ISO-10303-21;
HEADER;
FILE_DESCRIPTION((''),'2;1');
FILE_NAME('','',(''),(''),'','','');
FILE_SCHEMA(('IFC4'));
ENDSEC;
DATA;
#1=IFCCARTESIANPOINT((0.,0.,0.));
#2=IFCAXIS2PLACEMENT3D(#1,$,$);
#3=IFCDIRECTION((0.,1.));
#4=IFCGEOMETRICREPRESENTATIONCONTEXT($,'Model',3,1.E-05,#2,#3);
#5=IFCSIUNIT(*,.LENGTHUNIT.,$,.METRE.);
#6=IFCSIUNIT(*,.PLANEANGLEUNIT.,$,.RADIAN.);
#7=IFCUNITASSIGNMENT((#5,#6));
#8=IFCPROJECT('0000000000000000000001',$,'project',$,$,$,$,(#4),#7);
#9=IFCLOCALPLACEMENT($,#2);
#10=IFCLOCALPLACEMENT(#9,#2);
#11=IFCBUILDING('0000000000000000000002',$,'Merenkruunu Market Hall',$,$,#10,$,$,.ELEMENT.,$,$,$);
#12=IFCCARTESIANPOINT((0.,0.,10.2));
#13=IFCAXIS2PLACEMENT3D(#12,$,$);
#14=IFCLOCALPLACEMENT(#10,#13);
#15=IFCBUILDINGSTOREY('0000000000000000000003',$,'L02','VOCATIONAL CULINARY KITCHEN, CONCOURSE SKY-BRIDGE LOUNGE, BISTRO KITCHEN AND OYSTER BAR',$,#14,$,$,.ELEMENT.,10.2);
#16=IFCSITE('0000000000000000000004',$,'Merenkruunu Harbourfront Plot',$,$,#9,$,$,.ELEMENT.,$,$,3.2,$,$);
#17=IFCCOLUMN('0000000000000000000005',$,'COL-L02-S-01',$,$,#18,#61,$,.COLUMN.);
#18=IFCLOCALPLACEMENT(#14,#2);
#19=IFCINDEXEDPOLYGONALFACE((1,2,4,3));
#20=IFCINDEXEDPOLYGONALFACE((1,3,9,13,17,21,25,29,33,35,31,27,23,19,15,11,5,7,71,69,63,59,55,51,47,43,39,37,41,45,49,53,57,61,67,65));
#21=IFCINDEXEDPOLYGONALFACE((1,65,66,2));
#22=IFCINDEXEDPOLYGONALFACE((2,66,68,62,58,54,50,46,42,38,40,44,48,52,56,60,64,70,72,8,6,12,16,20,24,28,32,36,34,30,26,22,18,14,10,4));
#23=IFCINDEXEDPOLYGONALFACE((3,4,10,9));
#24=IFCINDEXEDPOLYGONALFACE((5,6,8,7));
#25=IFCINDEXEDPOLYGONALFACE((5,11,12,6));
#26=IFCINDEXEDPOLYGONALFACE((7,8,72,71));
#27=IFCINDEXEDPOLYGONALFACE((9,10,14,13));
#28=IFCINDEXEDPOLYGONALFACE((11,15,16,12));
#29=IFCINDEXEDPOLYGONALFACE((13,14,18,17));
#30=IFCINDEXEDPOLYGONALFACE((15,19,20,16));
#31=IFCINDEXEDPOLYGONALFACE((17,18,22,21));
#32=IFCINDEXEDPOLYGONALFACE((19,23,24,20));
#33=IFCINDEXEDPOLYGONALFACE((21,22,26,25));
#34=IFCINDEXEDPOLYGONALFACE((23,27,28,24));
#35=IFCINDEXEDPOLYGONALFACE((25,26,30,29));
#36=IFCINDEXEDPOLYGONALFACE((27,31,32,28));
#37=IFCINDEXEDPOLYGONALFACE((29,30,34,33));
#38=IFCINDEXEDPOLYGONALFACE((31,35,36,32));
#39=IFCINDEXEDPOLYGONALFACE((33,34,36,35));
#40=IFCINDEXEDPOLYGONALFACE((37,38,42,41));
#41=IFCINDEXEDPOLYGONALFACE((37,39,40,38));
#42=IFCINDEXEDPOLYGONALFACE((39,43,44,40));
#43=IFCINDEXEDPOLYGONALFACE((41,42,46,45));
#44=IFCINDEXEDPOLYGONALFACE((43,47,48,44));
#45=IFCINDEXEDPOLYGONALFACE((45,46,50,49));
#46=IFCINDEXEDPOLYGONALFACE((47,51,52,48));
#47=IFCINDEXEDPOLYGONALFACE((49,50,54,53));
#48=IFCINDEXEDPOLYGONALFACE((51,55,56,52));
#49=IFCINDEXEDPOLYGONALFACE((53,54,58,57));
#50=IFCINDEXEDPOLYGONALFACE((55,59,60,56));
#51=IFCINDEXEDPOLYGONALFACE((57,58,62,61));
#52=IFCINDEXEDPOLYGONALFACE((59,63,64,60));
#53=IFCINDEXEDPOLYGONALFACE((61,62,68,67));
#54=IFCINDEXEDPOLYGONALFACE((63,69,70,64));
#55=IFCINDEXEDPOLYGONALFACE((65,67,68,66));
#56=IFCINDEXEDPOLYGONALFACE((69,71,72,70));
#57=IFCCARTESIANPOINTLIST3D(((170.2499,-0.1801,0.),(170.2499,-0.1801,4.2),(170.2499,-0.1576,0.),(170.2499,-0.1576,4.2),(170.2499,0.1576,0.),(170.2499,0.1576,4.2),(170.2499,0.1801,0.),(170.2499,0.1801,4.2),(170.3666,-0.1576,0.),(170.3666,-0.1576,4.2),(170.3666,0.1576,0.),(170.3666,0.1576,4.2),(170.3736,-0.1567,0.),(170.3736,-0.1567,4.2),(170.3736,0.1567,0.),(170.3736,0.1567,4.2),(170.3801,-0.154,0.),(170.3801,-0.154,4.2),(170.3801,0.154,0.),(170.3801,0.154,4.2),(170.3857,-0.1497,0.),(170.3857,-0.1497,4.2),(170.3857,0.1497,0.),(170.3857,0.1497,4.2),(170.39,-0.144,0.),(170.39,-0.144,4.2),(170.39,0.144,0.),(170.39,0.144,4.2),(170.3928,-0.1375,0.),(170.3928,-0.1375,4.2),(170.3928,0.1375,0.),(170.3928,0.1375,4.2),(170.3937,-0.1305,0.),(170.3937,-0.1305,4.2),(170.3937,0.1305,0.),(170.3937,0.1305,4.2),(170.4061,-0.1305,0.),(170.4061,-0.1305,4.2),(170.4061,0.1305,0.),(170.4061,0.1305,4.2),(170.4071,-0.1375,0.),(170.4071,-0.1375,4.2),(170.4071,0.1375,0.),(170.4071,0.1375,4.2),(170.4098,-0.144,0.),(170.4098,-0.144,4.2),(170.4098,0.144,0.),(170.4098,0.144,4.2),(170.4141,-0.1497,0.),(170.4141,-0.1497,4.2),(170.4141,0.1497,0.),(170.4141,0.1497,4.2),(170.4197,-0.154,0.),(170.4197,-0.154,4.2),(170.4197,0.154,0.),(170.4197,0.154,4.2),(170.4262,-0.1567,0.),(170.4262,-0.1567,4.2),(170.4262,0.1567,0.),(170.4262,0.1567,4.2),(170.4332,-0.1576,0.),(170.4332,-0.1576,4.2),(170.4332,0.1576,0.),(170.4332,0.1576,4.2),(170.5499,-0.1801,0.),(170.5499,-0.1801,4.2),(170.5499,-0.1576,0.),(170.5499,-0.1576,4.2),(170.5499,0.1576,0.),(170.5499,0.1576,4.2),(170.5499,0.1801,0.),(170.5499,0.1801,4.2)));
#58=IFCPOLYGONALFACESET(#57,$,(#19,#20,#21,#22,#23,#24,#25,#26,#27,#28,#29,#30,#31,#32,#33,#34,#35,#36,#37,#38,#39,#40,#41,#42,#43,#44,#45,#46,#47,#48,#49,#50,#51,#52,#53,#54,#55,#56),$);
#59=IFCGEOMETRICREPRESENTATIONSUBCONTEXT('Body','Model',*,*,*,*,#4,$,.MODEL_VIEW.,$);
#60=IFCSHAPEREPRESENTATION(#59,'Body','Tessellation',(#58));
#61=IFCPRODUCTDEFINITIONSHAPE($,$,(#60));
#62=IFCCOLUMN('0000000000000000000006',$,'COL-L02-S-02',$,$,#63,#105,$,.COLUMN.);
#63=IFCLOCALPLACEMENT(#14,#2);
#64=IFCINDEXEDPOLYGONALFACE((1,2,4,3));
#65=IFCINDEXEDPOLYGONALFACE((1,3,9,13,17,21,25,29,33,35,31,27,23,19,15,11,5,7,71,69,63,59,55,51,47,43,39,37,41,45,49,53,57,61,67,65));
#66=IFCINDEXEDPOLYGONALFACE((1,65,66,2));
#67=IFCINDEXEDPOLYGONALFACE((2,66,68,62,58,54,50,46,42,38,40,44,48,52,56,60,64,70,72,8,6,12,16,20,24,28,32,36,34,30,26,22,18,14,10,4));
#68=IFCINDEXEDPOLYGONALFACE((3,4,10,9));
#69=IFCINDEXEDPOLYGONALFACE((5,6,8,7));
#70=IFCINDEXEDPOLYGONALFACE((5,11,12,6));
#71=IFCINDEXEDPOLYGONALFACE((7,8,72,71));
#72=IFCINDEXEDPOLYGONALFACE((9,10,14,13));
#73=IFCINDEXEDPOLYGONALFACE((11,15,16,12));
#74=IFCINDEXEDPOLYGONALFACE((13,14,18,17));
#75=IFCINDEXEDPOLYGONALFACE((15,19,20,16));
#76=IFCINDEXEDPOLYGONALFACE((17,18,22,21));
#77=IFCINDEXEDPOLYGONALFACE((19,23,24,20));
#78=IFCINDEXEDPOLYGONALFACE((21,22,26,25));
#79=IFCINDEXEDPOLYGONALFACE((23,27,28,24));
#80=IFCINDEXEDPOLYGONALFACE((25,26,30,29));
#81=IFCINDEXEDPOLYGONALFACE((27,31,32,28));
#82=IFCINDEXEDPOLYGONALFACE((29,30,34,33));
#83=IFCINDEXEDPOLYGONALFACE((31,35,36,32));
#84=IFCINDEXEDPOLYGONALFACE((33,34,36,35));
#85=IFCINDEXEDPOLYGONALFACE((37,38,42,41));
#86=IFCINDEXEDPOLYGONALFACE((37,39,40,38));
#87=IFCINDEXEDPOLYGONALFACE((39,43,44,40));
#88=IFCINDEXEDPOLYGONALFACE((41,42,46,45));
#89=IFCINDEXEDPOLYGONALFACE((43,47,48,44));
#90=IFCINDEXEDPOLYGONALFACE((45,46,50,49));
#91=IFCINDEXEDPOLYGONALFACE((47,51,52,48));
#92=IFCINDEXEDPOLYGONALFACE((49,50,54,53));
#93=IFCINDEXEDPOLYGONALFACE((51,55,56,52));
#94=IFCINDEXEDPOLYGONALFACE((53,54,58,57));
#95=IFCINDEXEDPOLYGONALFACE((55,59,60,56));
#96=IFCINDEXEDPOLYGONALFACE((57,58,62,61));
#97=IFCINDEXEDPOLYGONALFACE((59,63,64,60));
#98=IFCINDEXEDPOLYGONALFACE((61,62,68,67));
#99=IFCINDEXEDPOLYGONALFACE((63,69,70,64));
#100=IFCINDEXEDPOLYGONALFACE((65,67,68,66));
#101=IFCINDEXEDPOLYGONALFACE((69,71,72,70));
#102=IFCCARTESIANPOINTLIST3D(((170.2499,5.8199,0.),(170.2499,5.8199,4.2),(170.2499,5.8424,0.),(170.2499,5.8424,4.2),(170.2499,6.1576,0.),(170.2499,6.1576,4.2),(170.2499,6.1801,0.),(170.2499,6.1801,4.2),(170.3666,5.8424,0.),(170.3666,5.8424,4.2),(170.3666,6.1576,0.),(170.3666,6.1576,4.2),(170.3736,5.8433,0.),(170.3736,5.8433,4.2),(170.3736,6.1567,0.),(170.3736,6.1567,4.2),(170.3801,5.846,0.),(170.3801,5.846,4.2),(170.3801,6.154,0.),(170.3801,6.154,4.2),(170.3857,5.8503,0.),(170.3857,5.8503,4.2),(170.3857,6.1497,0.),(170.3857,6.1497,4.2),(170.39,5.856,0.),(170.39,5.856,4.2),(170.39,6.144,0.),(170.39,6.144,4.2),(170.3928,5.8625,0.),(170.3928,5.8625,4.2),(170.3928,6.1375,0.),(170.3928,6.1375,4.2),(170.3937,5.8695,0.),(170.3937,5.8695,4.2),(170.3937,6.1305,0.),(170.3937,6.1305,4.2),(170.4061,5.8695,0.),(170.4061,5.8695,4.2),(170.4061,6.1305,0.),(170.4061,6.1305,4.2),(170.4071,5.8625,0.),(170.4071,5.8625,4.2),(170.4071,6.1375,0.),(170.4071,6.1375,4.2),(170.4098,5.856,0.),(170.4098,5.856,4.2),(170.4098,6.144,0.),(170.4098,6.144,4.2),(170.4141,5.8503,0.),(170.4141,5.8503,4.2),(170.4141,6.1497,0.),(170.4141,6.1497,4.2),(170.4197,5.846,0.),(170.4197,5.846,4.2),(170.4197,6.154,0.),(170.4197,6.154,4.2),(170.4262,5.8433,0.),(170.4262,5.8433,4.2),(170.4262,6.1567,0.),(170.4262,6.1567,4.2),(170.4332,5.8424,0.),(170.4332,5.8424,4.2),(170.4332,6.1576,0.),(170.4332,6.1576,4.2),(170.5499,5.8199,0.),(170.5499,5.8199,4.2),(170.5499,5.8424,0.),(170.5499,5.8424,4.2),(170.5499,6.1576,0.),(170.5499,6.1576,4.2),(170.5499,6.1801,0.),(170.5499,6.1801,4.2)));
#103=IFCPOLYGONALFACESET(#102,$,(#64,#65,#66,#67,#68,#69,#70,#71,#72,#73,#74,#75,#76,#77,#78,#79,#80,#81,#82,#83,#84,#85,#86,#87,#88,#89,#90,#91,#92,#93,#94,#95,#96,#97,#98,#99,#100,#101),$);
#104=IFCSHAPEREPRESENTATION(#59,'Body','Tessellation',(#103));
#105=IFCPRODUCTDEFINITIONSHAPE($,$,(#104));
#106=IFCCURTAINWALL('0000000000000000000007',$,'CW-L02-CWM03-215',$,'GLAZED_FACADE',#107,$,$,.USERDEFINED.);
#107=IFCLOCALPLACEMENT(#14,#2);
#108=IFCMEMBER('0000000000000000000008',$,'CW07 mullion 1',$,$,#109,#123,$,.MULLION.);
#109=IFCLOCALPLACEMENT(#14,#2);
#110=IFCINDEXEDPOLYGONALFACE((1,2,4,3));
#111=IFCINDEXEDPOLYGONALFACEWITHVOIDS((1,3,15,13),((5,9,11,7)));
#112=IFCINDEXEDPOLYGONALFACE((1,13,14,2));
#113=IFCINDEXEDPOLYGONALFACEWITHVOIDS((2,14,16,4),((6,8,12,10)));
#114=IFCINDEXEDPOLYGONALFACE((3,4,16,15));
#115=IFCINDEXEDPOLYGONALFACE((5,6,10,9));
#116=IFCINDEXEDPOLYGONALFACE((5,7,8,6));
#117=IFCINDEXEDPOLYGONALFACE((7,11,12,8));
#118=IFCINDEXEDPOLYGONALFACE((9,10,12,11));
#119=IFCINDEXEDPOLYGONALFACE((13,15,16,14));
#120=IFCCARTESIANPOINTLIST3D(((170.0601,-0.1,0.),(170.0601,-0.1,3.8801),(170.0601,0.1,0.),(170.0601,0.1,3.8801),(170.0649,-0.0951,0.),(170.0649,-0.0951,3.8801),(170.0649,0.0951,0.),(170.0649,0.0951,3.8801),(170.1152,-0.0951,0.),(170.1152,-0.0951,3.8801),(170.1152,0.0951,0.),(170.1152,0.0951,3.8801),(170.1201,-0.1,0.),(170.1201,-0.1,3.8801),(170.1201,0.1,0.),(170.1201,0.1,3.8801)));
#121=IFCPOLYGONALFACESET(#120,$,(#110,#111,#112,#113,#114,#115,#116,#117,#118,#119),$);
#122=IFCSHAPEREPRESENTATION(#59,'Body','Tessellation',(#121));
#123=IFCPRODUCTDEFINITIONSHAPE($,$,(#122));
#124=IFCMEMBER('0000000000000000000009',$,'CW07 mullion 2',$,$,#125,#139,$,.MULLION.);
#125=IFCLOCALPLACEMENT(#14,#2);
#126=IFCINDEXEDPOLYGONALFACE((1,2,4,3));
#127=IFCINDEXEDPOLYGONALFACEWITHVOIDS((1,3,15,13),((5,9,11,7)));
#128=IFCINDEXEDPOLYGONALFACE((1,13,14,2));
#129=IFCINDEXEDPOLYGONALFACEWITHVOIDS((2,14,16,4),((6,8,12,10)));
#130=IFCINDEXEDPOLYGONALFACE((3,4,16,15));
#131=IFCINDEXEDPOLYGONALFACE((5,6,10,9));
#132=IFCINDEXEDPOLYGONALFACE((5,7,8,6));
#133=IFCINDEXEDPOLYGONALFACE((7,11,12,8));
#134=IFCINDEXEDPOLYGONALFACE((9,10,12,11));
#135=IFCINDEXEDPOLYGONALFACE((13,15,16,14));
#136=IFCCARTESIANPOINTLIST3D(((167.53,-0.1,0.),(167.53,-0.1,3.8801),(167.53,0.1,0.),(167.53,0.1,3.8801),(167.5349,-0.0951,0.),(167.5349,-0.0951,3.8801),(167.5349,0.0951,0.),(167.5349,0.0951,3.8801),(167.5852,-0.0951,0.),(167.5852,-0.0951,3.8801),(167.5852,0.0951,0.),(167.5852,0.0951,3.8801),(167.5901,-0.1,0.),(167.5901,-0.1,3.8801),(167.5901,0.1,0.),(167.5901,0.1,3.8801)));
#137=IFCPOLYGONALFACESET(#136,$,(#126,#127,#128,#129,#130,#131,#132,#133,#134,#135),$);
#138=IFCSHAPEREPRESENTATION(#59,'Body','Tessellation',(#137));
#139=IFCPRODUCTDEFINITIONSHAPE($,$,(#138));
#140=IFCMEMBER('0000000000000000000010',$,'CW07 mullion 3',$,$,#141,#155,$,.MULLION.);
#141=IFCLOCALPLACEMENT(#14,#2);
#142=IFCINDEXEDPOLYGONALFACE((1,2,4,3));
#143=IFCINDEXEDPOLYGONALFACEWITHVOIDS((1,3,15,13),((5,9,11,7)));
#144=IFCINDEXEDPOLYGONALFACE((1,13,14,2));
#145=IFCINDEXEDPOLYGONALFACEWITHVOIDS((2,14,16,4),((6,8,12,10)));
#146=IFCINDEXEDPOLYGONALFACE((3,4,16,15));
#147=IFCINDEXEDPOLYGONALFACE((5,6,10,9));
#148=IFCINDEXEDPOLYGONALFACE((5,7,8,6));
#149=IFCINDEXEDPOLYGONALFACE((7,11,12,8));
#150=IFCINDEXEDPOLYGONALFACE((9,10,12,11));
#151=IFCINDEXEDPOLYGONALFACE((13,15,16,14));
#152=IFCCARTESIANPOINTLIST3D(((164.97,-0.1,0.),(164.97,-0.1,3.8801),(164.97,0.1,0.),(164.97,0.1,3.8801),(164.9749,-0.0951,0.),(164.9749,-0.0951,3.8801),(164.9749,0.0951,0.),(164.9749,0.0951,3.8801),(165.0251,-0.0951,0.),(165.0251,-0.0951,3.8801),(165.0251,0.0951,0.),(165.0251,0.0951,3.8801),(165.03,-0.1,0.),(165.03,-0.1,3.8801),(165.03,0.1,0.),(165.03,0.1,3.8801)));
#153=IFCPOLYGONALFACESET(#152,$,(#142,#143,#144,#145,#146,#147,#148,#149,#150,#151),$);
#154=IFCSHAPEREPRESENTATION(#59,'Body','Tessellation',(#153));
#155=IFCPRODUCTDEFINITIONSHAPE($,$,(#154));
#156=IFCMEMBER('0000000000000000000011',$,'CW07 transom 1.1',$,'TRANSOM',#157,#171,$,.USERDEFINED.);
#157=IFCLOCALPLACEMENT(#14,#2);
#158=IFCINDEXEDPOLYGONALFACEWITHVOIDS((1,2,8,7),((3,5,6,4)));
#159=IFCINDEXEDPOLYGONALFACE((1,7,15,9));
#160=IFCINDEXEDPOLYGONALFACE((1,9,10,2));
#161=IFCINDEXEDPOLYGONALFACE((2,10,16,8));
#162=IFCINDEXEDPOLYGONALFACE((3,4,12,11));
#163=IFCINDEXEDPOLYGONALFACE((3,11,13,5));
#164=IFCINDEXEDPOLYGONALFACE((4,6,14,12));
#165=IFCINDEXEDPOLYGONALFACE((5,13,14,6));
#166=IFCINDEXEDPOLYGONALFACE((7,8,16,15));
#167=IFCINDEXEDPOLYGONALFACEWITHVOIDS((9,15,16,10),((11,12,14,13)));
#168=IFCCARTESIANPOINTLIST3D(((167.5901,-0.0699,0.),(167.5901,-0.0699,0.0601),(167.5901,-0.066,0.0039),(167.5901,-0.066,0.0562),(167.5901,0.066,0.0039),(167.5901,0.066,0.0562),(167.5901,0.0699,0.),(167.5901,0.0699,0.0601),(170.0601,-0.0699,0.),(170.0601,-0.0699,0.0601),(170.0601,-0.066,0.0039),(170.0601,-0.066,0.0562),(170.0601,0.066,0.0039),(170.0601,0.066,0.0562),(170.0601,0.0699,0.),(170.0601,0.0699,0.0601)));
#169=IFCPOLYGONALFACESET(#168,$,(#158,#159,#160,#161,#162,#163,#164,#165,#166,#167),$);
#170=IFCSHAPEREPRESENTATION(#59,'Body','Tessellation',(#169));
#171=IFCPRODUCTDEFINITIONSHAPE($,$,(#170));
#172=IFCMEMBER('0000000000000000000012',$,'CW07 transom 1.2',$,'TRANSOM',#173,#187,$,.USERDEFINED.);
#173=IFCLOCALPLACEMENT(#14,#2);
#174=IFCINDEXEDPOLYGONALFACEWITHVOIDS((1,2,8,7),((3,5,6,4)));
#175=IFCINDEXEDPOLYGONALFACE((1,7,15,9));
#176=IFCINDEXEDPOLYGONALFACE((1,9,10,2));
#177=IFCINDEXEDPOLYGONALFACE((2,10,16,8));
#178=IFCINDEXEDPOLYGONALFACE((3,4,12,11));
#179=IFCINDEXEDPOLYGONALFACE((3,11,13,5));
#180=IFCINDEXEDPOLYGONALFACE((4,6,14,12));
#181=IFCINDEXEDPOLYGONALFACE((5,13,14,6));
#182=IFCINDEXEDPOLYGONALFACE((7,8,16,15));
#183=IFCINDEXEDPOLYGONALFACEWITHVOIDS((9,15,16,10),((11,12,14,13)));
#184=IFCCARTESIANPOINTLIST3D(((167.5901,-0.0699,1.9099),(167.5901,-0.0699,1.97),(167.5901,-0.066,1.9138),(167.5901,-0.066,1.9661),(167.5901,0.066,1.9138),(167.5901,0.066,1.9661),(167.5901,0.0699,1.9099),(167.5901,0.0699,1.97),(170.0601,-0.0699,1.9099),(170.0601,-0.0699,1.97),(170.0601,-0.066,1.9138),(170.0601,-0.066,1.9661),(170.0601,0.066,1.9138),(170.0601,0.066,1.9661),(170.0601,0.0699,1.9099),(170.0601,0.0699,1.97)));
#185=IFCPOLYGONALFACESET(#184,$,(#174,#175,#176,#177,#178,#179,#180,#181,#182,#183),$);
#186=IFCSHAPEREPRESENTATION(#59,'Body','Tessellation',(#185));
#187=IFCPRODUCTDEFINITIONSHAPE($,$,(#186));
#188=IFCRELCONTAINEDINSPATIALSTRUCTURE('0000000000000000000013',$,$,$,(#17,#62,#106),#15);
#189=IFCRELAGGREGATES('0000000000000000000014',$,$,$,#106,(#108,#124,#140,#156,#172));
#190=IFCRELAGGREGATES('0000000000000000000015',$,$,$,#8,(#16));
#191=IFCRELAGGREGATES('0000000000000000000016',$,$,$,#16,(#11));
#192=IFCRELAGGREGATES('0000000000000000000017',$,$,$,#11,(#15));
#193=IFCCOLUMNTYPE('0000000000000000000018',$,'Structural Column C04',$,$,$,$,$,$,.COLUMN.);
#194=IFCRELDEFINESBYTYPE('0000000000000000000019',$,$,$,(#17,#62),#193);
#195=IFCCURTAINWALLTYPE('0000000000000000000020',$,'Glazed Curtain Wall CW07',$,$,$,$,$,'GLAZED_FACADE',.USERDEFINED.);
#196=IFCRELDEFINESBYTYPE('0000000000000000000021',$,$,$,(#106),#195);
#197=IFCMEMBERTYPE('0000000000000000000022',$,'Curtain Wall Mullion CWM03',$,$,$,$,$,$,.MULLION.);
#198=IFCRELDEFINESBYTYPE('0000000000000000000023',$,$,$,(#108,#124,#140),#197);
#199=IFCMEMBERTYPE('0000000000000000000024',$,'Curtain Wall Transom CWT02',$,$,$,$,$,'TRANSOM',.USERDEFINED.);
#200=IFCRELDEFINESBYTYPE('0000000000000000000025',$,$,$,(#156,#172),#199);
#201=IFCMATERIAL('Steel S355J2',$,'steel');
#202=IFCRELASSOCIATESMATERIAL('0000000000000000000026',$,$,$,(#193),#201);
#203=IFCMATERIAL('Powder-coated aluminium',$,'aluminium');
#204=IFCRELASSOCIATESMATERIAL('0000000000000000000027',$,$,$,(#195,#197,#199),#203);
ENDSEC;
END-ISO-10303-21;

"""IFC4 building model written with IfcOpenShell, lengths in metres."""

from ifc_helpers import new_model, si_unit, direction, frame, origin, origin_2d, place, context, subcontext, project, spatial, hollow_rectangle, i_section, extrude, material, material_profile, profile_set, type_object, element, aggregate, save


model = new_model("IFC4")

# Units and contexts
model_context = context("Model", 3, precision=1e-05, world=origin(), true_north=direction((0.0, 1.0)))
body_context = subcontext(model_context, "Body", "Model", "MODEL_VIEW")
ifc_project = project(units=[si_unit("LENGTHUNIT", "METRE"), si_unit("PLANEANGLEUNIT", "RADIAN")], contexts=[model_context])

# Site, building, storey
site_placement = place(None, origin())
site = spatial("IfcSite", under=ifc_project, at=site_placement, Name="Merenkruunu Harbourfront Plot", CompositionType="ELEMENT", RefElevation=3.2)
building_placement = place(site_placement, origin())
building = spatial("IfcBuilding", under=site, at=building_placement, Name="Merenkruunu Market Hall", CompositionType="ELEMENT")
storey_placement = place(building_placement, frame((0.0, 0.0, 10.2)))
storey = spatial("IfcBuildingStorey", under=building, at=storey_placement, Name="L02", Description="VOCATIONAL CULINARY KITCHEN, CONCOURSE SKY-BRIDGE LOUNGE, BISTRO KITCHEN AND OYSTER BAR", CompositionType="ELEMENT", Elevation=10.2)

# Columns
ifc_material_1 = material(Name="Steel S355J2", Category="steel")
ifc_material_profile_1 = material_profile(ifc_material_1, i_section(OverallWidth=0.3, OverallDepth=0.3601, WebThickness=0.0125, FlangeThickness=0.0225, FilletRadius=0.0271, at=origin_2d()), Name="HEB 360")
ifc_profile_set_1 = profile_set([ifc_material_profile_1], Name="Steel S355J2")
column_type = type_object("IfcColumnType", Name="Structural Column C04", PredefinedType="COLUMN", material=ifc_profile_set_1)
for number, where, z_axis, x_axis, name in (
    (1, (170.3999, 0.0, 0.0), (0.0, 0.0, 1.0), (1.0, 0.0, 0.0), "COL-L02-S-01"),
    (2, (170.3999, 6.0, 0.0), (0.0, 0.0, 1.0), (1.0, 0.0, 0.0), "COL-L02-S-02"),
):
    element("IfcColumn", number, at=place(storey_placement, frame(where, z_axis=z_axis, x_axis=x_axis)), inside=storey, type_object=column_type, Name=name, PredefinedType="COLUMN", context=body_context, shape_type="SweptSolid", body=[
        extrude(i_section(OverallWidth=0.3, OverallDepth=0.3601, WebThickness=0.0125, FlangeThickness=0.0225, FilletRadius=0.0271, at=origin_2d()), origin(), (0.0, 0.0, 1.0), 4.2),
    ])

# Curtain wall, members
ifc_material_2 = material(Name="Powder-coated aluminium", Category="aluminium")
curtain_wall_type = type_object("IfcCurtainWallType", Name="Glazed Curtain Wall CW07", ElementType="GLAZED_FACADE", PredefinedType="USERDEFINED", material=ifc_material_2)
curtain_wall_placement = place(storey_placement, origin())
curtain_wall = element("IfcCurtainWall", 3, at=curtain_wall_placement, inside=storey, type_object=curtain_wall_type, Name="CW-L02-CWM03-215", ObjectType="GLAZED_FACADE", PredefinedType="USERDEFINED")
ifc_material_profile_2 = material_profile(ifc_material_2, hollow_rectangle(XDim=0.0601, YDim=0.2, WallThickness=0.0049, at=origin_2d()), Name="ALU 60x200x5")
ifc_profile_set_2 = profile_set([ifc_material_profile_2], Name="Powder-coated aluminium")
member_type_1 = type_object("IfcMemberType", Name="Curtain Wall Mullion CWM03", PredefinedType="MULLION", material=ifc_profile_set_2)
member_1_placement = place(storey_placement, frame((170.0901, 0.0, 0.0), z_axis=(0.0, 0.0, 1.0), x_axis=(-1.0, 0.0, 0.0)))
member_1 = element("IfcMember", 4, at=member_1_placement, type_object=member_type_1, Name="CW07 mullion 1", PredefinedType="MULLION", context=body_context, shape_type="SweptSolid", body=[
    extrude(hollow_rectangle(XDim=0.0601, YDim=0.2, WallThickness=0.0049, at=origin_2d()), origin(), (0.0, 0.0, 1.0), 3.8801),
])
member_2_placement = place(storey_placement, frame((167.5601, 0.0, 0.0), z_axis=(0.0, 0.0, 1.0), x_axis=(-1.0, 0.0, 0.0)))
member_2 = element("IfcMember", 5, at=member_2_placement, type_object=member_type_1, Name="CW07 mullion 2", PredefinedType="MULLION", context=body_context, shape_type="SweptSolid", body=[
    extrude(hollow_rectangle(XDim=0.0601, YDim=0.2, WallThickness=0.0049, at=origin_2d()), origin(), (0.0, 0.0, 1.0), 3.8801),
])
member_3_placement = place(storey_placement, frame((165.0, 0.0, 0.0), z_axis=(0.0, 0.0, 1.0), x_axis=(-1.0, 0.0, 0.0)))
member_3 = element("IfcMember", 6, at=member_3_placement, type_object=member_type_1, Name="CW07 mullion 3", PredefinedType="MULLION", context=body_context, shape_type="SweptSolid", body=[
    extrude(hollow_rectangle(XDim=0.0601, YDim=0.2, WallThickness=0.0049, at=origin_2d()), origin(), (0.0, 0.0, 1.0), 3.8801),
])
ifc_material_profile_3 = material_profile(ifc_material_2, hollow_rectangle(XDim=0.0601, YDim=0.1399, WallThickness=0.0039, at=origin_2d()), Name="ALU 60x140x4")
ifc_profile_set_3 = profile_set([ifc_material_profile_3], Name="Powder-coated aluminium")
member_type_2 = type_object("IfcMemberType", Name="Curtain Wall Transom CWT02", ElementType="TRANSOM", PredefinedType="USERDEFINED", material=ifc_profile_set_3)
member_4_placement = place(storey_placement, frame((170.0601, 0.0, 0.03), z_axis=(-1.0, 0.0, 0.0), x_axis=(0.0, 0.0, 1.0)))
member_4 = element("IfcMember", 7, at=member_4_placement, type_object=member_type_2, Name="CW07 transom 1.1", ObjectType="TRANSOM", PredefinedType="USERDEFINED", context=body_context, shape_type="SweptSolid", body=[
    extrude(hollow_rectangle(XDim=0.0601, YDim=0.1399, WallThickness=0.0039, at=origin_2d()), origin(), (0.0, 0.0, 1.0), 2.47),
])
member_5_placement = place(storey_placement, frame((170.0601, 0.0, 1.9399), z_axis=(-1.0, 0.0, 0.0), x_axis=(0.0, 0.0, 1.0)))
member_5 = element("IfcMember", 8, at=member_5_placement, type_object=member_type_2, Name="CW07 transom 1.2", ObjectType="TRANSOM", PredefinedType="USERDEFINED", context=body_context, shape_type="SweptSolid", body=[
    extrude(hollow_rectangle(XDim=0.0601, YDim=0.1399, WallThickness=0.0039, at=origin_2d()), origin(), (0.0, 0.0, 1.0), 2.47),
])

aggregate(curtain_wall, [member_1, member_2, member_3, member_4, member_5])

save(model, "model.ifc")
